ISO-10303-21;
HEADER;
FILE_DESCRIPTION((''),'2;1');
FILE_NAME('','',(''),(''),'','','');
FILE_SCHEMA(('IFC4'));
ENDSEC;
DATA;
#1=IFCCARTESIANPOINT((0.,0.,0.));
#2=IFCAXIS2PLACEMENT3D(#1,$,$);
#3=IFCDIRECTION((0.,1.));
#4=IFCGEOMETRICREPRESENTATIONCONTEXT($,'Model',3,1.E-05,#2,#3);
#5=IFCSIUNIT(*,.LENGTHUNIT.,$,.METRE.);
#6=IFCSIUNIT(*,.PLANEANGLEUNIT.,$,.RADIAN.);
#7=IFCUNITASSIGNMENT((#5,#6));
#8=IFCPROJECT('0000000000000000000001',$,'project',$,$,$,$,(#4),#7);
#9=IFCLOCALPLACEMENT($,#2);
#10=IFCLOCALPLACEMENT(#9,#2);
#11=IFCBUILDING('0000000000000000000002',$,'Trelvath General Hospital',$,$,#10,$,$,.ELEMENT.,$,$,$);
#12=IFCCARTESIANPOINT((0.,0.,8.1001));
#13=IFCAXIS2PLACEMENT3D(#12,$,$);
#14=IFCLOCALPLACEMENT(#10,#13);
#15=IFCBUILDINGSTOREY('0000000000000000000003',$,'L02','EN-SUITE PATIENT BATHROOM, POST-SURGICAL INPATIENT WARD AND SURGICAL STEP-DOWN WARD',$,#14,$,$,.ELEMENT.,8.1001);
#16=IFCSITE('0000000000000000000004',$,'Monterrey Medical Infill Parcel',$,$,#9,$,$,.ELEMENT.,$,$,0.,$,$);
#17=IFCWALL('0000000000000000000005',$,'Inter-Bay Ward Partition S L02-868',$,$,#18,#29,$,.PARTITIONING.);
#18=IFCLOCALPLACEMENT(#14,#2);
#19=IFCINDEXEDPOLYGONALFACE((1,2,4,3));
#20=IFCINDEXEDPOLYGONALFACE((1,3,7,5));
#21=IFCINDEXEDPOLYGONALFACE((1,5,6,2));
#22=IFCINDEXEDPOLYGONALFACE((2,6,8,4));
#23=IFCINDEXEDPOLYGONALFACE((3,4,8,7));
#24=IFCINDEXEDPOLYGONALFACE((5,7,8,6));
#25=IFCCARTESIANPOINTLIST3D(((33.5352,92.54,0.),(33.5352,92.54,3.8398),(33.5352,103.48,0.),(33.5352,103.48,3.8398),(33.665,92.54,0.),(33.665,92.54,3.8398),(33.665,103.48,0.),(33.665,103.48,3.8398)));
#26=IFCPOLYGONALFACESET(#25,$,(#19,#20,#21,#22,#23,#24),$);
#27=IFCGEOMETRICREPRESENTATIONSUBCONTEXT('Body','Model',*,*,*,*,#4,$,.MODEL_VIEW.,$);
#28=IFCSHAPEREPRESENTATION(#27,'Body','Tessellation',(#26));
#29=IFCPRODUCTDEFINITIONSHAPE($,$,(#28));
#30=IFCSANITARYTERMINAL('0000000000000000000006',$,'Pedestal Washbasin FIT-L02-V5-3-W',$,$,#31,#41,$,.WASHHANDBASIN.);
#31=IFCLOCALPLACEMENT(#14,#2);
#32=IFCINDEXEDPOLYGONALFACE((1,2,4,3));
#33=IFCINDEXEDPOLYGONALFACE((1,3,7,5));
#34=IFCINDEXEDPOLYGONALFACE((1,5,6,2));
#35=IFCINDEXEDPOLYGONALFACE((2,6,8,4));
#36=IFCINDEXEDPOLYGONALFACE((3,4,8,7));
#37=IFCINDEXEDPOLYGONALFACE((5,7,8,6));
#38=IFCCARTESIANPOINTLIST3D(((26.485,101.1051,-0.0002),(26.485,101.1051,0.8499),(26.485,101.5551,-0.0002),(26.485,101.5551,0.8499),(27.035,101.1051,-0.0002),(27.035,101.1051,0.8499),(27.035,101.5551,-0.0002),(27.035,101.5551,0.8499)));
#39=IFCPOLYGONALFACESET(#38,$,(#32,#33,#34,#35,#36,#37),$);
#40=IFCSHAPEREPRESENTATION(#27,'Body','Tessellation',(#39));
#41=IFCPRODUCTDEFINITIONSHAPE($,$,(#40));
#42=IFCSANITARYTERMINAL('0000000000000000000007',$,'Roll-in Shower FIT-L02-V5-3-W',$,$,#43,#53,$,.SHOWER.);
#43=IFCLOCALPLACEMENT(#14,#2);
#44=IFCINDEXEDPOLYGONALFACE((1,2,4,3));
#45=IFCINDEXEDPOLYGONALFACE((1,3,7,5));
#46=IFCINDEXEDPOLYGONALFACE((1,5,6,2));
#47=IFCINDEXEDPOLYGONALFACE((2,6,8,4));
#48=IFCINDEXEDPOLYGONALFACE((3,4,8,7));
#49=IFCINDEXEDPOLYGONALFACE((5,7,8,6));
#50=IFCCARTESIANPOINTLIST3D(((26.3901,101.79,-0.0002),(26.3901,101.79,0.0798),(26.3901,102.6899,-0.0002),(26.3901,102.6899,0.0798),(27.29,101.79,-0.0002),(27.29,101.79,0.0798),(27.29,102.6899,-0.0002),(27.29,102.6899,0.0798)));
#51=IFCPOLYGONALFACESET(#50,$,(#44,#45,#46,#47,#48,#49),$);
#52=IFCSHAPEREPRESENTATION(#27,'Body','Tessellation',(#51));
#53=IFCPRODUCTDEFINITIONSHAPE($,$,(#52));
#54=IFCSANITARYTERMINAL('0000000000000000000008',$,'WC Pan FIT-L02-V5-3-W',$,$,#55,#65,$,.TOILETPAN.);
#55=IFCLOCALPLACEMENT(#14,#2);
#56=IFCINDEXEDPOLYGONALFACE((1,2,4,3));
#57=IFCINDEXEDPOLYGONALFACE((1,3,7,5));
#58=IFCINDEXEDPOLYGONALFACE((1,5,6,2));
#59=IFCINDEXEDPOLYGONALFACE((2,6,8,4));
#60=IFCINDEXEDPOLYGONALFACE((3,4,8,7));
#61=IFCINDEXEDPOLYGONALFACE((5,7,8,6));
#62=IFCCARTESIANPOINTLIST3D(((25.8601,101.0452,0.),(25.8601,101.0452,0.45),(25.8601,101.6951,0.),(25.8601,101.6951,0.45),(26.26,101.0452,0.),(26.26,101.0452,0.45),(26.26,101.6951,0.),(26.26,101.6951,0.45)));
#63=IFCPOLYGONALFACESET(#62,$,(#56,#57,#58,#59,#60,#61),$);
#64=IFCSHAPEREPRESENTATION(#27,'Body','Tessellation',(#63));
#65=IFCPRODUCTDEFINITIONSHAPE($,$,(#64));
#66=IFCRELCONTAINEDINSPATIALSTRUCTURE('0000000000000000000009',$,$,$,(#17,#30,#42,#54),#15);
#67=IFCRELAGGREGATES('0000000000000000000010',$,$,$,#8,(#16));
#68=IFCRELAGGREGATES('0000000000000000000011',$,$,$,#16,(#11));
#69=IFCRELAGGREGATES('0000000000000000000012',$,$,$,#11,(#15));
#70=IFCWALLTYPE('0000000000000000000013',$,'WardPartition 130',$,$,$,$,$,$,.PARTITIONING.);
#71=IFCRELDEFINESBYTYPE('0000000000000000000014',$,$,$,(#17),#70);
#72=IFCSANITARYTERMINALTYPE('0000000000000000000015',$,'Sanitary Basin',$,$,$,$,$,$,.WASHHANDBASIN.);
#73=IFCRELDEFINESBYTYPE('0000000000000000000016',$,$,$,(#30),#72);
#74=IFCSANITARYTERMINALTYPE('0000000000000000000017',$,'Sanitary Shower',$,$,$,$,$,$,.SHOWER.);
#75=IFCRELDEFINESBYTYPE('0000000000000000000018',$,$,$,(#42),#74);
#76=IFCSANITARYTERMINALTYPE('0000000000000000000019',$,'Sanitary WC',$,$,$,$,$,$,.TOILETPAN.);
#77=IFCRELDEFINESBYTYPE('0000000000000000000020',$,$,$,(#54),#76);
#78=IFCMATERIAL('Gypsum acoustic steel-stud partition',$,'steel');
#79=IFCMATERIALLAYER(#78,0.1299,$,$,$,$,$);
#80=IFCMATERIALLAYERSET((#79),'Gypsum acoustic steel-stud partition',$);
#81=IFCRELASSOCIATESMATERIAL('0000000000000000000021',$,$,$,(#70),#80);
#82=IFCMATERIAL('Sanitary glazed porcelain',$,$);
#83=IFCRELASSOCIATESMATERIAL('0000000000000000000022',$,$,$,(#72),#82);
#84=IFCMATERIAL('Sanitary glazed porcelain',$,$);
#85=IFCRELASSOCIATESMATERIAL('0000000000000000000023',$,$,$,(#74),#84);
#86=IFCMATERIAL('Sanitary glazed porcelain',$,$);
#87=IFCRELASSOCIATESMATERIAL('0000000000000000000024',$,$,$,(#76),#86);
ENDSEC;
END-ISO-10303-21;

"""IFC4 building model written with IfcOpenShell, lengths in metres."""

from ifc_helpers import new_model, si_unit, direction, frame, frame_2d, origin, origin_2d, place, context, subcontext, project, spatial, rectangle, extrude, material, layer, layer_set, type_object, element, save


model = new_model("IFC4")

# Units and contexts
model_context = context("Model", 3, precision=1e-05, world=origin(), true_north=direction((0.0, 1.0)))
body_context = subcontext(model_context, "Body", "Model", "MODEL_VIEW")
ifc_project = project(units=[si_unit("LENGTHUNIT", "METRE"), si_unit("PLANEANGLEUNIT", "RADIAN")], contexts=[model_context])

# Site, building, storey
site_placement = place(None, origin())
site = spatial("IfcSite", under=ifc_project, at=site_placement, Name="Monterrey Medical Infill Parcel", CompositionType="ELEMENT", RefElevation=0.0)
building_placement = place(site_placement, origin())
building = spatial("IfcBuilding", under=site, at=building_placement, Name="Trelvath General Hospital", CompositionType="ELEMENT")
storey_placement = place(building_placement, frame((0.0, 0.0, 8.1001)))
storey = spatial("IfcBuildingStorey", under=building, at=storey_placement, Name="L02", Description="EN-SUITE PATIENT BATHROOM, POST-SURGICAL INPATIENT WARD AND SURGICAL STEP-DOWN WARD", CompositionType="ELEMENT", Elevation=8.1001)

# Shared definitions
ifc_material_1 = material(Name="Gypsum acoustic steel-stud partition", Category="steel")
ifc_layer_1 = layer(ifc_material_1, 0.1299)
ifc_layer_set_1 = layer_set([ifc_layer_1], Name="Gypsum acoustic steel-stud partition")
wall_type_1 = type_object("IfcWallType", Name="WardPartition 130", PredefinedType="PARTITIONING", material=ifc_layer_set_1)

# Wall
wall_1_placement = place(storey_placement, frame((33.6001, 92.54, 0.0), z_axis=(0.0, 0.0, 1.0), x_axis=(0.0, 1.0, 0.0)))
element("IfcWall", 1, at=wall_1_placement, inside=storey, type_object=wall_type_1, Name="Inter-Bay Ward Partition S L02-868", PredefinedType="PARTITIONING", context=body_context, shape_type="SweptSolid", body=[
    extrude(rectangle(XDim=10.9399, YDim=0.1299, at=frame_2d((5.47, 0.0))), origin(), (0.0, 0.0, 1.0), 3.8398),
])

# Sanitary terminals
ifc_material_2 = material(Name="Sanitary glazed porcelain")
sanitary_terminal_type_1 = type_object("IfcSanitaryTerminalType", Name="Sanitary Basin", PredefinedType="WASHHANDBASIN", material=ifc_material_2)
sanitary_terminal_1_placement = place(storey_placement, frame((26.76, 101.3301, -0.0002), z_axis=(0.0, 0.0, 1.0), x_axis=(1.0, 0.0, 0.0)))
element("IfcSanitaryTerminal", 2, at=sanitary_terminal_1_placement, inside=storey, type_object=sanitary_terminal_type_1, Name="Pedestal Washbasin FIT-L02-V5-3-W", PredefinedType="WASHHANDBASIN", context=body_context, shape_type="SweptSolid", body=[
    extrude(rectangle(XDim=0.55, YDim=0.45, at=origin_2d()), origin(), (0.0, 0.0, 1.0), 0.8501),
])
ifc_material_3 = material(Name="Sanitary glazed porcelain")
sanitary_terminal_type_2 = type_object("IfcSanitaryTerminalType", Name="Sanitary Shower", PredefinedType="SHOWER", material=ifc_material_3)
sanitary_terminal_2_placement = place(storey_placement, frame((26.8401, 102.24, -0.0002), z_axis=(0.0, 0.0, 1.0), x_axis=(1.0, 0.0, 0.0)))
element("IfcSanitaryTerminal", 3, at=sanitary_terminal_2_placement, inside=storey, type_object=sanitary_terminal_type_2, Name="Roll-in Shower FIT-L02-V5-3-W", PredefinedType="SHOWER", context=body_context, shape_type="SweptSolid", body=[
    extrude(rectangle(XDim=0.8999, YDim=0.8999, at=origin_2d()), origin(), (0.0, 0.0, 1.0), 0.0801),
])
ifc_material_4 = material(Name="Sanitary glazed porcelain")
sanitary_terminal_type_3 = type_object("IfcSanitaryTerminalType", Name="Sanitary WC", PredefinedType="TOILETPAN", material=ifc_material_4)
sanitary_terminal_3_placement = place(storey_placement, frame((26.0601, 101.3701, 0.0), z_axis=(0.0, 0.0, 1.0), x_axis=(1.0, 0.0, 0.0)))
element("IfcSanitaryTerminal", 4, at=sanitary_terminal_3_placement, inside=storey, type_object=sanitary_terminal_type_3, Name="WC Pan FIT-L02-V5-3-W", PredefinedType="TOILETPAN", context=body_context, shape_type="SweptSolid", body=[
    extrude(rectangle(XDim=0.3999, YDim=0.6499, at=origin_2d()), origin(), (0.0, 0.0, 1.0), 0.45),
])

save(model, "model.ifc")
